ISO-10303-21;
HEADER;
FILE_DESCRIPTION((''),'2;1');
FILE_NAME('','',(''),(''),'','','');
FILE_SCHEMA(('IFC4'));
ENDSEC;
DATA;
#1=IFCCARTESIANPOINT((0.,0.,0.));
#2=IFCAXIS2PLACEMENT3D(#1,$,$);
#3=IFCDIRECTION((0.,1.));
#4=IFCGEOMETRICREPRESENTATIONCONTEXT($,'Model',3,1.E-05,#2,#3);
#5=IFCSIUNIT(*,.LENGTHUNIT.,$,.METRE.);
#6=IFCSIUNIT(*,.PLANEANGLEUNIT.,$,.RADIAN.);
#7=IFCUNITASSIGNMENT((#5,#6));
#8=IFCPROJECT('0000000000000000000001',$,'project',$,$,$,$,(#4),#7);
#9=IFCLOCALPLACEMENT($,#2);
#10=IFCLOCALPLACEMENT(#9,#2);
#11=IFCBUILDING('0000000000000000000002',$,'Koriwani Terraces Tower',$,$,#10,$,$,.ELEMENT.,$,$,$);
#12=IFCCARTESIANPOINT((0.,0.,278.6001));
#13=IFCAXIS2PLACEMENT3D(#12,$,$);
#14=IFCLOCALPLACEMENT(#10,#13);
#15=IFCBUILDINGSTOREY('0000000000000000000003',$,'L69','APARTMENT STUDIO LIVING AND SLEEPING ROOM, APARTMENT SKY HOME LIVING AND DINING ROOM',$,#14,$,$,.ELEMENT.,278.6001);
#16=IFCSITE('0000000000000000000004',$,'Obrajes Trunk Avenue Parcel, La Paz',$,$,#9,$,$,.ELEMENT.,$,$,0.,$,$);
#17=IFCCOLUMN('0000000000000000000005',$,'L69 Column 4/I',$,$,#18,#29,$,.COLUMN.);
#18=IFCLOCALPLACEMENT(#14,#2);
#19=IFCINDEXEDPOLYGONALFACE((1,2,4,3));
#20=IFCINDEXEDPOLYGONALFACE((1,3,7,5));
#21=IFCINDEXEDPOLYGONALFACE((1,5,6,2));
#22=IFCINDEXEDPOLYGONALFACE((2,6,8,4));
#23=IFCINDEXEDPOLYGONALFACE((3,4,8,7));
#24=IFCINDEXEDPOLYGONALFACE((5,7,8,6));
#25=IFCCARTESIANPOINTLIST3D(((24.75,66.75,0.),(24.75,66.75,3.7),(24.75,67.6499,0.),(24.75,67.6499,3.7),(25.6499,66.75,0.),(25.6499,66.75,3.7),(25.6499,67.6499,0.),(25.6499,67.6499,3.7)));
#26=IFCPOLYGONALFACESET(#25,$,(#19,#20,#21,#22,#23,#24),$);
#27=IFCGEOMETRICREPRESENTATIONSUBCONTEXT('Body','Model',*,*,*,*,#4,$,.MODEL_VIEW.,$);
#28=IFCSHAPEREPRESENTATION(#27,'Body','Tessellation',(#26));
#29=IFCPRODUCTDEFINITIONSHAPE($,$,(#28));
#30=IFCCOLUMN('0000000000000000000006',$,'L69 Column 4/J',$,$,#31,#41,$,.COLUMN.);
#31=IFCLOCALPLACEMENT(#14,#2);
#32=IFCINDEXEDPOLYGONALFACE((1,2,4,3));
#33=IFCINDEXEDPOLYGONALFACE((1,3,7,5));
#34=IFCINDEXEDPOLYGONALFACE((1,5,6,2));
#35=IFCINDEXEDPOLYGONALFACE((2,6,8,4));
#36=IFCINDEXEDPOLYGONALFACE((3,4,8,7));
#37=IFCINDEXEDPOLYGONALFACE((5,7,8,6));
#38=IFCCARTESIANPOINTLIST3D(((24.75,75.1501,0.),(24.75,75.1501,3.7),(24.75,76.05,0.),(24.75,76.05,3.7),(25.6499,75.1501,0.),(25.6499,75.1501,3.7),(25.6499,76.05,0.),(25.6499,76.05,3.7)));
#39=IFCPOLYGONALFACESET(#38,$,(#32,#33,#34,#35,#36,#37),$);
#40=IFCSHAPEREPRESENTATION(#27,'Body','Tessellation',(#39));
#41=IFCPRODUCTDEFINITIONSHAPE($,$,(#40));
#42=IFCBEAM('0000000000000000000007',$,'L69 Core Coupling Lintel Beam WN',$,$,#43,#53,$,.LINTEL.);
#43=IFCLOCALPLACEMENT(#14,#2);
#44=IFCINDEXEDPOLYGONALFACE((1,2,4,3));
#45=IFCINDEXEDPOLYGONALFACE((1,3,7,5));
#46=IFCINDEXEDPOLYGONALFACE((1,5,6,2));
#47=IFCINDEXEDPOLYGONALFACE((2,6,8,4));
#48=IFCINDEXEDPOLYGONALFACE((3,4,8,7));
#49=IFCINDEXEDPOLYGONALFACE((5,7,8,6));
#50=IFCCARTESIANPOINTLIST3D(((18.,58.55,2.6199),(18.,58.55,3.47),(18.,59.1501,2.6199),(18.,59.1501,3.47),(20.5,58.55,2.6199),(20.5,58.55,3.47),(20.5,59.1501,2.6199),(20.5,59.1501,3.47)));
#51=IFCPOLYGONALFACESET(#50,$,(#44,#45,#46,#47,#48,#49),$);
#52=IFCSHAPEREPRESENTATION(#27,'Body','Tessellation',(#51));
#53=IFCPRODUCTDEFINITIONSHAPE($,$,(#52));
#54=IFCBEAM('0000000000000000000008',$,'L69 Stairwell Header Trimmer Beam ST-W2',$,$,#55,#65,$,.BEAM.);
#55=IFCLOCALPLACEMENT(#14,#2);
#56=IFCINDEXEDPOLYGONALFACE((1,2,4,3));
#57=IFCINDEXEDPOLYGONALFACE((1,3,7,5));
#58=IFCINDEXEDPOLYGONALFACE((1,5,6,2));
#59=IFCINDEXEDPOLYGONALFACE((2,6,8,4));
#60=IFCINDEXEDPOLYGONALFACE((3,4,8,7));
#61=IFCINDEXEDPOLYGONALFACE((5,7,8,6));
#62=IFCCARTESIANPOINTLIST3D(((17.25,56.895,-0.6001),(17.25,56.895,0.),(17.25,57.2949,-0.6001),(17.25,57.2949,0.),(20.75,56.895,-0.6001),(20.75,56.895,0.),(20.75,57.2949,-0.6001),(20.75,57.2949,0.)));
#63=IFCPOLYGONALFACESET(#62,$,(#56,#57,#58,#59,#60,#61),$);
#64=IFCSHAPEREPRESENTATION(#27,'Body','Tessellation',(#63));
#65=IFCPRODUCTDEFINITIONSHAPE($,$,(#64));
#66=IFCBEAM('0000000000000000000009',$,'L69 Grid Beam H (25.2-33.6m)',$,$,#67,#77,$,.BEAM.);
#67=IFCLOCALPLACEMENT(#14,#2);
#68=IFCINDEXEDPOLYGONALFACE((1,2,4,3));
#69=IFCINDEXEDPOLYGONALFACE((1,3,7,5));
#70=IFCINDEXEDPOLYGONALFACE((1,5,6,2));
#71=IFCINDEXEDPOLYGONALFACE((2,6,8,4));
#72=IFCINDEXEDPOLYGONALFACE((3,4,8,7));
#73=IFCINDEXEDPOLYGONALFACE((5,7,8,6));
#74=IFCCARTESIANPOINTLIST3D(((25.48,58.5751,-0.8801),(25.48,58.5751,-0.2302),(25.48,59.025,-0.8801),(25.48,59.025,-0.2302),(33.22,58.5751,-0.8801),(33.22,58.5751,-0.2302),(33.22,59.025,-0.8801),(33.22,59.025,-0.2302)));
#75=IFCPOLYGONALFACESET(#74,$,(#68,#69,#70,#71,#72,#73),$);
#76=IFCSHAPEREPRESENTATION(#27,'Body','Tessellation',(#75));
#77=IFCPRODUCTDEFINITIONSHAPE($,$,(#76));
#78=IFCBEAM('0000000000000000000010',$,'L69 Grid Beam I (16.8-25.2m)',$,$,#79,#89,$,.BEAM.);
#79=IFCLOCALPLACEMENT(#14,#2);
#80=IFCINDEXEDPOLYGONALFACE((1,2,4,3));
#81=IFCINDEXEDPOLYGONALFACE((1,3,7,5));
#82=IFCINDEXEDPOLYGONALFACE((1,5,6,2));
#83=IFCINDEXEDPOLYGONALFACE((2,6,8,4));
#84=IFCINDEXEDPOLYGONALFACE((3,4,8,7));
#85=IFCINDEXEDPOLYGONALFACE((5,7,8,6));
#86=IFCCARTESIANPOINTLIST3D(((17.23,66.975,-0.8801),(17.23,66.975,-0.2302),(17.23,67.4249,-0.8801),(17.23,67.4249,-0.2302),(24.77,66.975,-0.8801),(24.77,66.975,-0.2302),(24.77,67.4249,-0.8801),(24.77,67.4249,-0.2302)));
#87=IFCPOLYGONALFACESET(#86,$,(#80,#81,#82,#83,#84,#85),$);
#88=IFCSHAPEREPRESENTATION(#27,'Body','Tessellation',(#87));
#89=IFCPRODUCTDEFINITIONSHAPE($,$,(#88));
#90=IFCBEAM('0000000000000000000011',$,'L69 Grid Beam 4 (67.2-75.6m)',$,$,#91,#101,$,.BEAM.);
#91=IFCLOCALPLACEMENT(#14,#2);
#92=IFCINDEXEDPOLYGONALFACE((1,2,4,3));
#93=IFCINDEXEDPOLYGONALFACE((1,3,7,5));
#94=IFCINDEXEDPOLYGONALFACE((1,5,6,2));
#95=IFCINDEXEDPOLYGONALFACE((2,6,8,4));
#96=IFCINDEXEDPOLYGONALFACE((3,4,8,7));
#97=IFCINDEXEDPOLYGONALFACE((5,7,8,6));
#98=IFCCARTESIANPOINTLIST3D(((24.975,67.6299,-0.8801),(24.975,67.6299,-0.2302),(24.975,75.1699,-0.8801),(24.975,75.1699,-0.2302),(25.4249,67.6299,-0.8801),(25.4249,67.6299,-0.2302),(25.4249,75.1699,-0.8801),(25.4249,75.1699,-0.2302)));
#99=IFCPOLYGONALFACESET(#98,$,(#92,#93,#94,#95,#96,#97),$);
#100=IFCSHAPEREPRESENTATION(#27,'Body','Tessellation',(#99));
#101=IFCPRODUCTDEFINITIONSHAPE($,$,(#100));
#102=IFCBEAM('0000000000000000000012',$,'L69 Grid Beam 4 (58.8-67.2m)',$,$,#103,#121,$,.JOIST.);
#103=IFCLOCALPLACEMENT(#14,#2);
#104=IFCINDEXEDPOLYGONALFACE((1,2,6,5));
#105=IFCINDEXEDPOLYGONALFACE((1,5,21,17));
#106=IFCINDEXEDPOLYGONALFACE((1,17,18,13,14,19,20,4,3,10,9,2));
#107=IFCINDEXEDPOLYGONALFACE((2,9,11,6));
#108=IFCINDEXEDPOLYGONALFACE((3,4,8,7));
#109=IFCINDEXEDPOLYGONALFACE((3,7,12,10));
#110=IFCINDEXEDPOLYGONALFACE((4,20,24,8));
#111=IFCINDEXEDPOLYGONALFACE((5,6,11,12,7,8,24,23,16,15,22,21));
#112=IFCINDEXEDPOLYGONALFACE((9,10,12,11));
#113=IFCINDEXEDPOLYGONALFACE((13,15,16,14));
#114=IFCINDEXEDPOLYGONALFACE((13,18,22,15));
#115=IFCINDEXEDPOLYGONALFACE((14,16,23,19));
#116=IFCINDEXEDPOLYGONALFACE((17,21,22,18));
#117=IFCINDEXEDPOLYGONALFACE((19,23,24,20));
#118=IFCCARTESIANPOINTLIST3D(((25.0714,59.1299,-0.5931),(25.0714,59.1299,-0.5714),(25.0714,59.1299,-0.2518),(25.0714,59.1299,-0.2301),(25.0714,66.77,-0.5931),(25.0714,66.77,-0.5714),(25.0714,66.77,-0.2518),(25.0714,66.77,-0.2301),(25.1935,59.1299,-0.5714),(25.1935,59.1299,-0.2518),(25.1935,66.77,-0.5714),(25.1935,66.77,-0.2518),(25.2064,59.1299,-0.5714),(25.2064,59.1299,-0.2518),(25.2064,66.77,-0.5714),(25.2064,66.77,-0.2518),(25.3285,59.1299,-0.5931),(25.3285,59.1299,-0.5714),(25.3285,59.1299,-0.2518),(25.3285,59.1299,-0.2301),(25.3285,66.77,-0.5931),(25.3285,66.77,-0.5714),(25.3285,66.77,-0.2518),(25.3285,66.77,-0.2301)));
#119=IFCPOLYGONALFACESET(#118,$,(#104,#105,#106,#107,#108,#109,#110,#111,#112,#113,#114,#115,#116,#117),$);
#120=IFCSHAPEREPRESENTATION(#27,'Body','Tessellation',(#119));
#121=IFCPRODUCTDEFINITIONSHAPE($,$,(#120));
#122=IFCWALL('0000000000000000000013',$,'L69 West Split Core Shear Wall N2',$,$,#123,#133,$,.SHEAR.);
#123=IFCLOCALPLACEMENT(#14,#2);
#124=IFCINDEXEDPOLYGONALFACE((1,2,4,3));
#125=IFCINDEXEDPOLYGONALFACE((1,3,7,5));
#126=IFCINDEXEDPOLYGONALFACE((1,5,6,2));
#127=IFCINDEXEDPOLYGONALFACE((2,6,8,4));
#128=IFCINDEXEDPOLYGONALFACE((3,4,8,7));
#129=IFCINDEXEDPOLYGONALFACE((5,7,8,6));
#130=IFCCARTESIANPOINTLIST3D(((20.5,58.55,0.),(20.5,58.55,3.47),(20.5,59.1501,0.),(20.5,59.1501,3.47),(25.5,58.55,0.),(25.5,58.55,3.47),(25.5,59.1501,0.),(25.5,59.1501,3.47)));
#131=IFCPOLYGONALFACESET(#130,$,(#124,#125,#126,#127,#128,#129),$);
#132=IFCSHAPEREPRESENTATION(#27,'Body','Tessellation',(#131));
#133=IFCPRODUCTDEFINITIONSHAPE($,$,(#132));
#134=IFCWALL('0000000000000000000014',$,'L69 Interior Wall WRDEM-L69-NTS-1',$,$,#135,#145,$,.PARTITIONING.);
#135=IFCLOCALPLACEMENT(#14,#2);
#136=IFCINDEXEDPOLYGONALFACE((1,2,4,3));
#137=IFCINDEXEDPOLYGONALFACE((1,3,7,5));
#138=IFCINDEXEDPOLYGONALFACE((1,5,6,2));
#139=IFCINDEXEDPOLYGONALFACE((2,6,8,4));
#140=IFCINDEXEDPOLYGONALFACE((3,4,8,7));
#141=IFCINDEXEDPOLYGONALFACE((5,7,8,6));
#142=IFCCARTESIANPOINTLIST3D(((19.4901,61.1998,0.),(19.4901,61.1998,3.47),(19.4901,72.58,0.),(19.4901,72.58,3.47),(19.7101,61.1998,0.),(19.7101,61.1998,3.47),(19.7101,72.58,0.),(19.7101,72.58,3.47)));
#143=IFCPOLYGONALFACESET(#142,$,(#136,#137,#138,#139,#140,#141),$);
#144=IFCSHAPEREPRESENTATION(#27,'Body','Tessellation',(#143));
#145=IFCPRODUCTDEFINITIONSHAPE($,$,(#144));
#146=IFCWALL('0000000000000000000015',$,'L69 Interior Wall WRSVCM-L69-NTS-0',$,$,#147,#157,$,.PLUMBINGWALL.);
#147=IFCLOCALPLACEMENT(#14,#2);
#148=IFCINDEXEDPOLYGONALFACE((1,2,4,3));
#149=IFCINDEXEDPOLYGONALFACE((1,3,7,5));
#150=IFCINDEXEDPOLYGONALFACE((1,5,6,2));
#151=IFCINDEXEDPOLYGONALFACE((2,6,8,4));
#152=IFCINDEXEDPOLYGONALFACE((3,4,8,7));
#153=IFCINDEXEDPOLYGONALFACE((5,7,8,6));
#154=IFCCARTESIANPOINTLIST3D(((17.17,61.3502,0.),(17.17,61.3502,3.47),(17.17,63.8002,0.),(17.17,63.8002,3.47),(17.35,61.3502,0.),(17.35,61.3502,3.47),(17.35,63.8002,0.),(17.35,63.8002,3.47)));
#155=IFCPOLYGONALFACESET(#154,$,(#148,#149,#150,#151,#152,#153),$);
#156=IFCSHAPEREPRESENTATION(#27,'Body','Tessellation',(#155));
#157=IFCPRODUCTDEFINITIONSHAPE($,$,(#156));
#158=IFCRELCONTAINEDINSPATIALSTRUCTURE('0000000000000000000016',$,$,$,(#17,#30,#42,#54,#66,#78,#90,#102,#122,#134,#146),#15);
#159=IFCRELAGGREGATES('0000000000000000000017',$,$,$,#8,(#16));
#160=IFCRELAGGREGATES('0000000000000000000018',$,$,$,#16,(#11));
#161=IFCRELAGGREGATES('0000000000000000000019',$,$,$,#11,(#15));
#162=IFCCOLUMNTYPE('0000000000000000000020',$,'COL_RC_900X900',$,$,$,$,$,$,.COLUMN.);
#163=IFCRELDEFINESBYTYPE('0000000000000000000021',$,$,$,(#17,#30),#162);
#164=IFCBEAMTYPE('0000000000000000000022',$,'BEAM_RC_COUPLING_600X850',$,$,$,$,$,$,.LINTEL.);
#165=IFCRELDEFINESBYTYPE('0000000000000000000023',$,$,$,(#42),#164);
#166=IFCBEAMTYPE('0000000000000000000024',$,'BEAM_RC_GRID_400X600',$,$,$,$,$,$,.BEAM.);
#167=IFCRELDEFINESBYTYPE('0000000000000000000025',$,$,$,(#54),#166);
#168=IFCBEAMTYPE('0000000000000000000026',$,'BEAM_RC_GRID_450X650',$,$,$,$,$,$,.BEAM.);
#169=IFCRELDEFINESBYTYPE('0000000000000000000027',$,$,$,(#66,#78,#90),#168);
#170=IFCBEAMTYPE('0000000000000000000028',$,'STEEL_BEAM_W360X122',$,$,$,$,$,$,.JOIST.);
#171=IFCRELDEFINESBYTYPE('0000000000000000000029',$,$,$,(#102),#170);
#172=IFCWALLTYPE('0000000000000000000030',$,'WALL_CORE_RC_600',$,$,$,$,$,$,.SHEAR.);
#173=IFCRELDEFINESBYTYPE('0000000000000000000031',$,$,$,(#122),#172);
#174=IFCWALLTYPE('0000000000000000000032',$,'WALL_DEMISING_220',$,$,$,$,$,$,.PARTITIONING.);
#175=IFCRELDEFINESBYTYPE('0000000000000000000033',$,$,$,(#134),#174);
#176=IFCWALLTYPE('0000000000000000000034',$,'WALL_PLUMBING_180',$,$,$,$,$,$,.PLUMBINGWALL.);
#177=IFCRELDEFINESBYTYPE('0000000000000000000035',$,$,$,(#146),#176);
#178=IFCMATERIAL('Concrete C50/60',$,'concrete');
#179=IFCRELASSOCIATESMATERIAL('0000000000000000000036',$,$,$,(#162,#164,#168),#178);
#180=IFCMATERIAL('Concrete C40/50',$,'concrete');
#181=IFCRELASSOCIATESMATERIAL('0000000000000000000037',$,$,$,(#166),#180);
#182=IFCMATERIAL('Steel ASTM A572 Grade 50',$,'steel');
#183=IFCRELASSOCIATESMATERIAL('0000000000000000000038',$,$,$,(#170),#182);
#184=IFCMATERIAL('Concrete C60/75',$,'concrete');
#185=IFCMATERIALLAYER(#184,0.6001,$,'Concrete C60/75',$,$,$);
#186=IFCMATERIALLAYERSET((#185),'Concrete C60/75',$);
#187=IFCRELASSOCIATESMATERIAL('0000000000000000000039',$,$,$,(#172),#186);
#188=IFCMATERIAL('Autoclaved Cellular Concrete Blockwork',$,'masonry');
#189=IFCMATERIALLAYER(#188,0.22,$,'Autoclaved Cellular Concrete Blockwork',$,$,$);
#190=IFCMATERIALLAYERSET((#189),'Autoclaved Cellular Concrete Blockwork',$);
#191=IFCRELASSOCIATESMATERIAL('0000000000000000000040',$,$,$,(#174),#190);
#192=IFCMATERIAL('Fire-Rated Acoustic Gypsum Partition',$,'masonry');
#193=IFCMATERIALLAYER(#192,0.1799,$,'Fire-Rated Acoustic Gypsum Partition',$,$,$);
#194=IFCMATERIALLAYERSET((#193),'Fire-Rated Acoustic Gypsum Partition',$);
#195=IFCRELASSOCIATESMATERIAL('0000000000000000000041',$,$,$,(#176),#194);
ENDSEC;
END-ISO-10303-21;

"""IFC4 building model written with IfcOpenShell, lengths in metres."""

from ifc_helpers import new_model, si_unit, direction, frame, frame_2d, origin, origin_2d, place, context, subcontext, project, spatial, rectangle, i_section, extrude, material, layer, layer_set, material_profile, profile_set, type_object, element, save


model = new_model("IFC4")

# Units and contexts
model_context = context("Model", 3, precision=1e-05, world=origin(), true_north=direction((0.0, 1.0)))
body_context = subcontext(model_context, "Body", "Model", "MODEL_VIEW")
ifc_project = project(units=[si_unit("LENGTHUNIT", "METRE"), si_unit("PLANEANGLEUNIT", "RADIAN")], contexts=[model_context])

# Site, building, storey
site_placement = place(None, origin())
site = spatial("IfcSite", under=ifc_project, at=site_placement, Name="Obrajes Trunk Avenue Parcel, La Paz", CompositionType="ELEMENT", RefElevation=0.0)
building_placement = place(site_placement, origin())
building = spatial("IfcBuilding", under=site, at=building_placement, Name="Koriwani Terraces Tower", CompositionType="ELEMENT")
storey_placement = place(building_placement, frame((0.0, 0.0, 278.6001)))
storey = spatial("IfcBuildingStorey", under=building, at=storey_placement, Name="L69", Description="APARTMENT STUDIO LIVING AND SLEEPING ROOM, APARTMENT SKY HOME LIVING AND DINING ROOM", CompositionType="ELEMENT", Elevation=278.6001)

# Columns
ifc_material_1 = material(Name="Concrete C50/60", Category="concrete")
ifc_material_profile_1 = material_profile(ifc_material_1, rectangle(XDim=0.8999, YDim=0.8999, at=origin_2d()), Name="Concrete C50/60", Category="LoadBearing")
ifc_profile_set_1 = profile_set([ifc_material_profile_1], Name="Concrete C50/60")
column_type = type_object("IfcColumnType", Name="COL_RC_900X900", PredefinedType="COLUMN", material=ifc_profile_set_1)
for number, where, z_axis, x_axis, name in (
    (1, (25.2, 67.2, 0.0), (0.0, 0.0, 1.0), (1.0, 0.0, 0.0), "L69 Column 4/I"),
    (2, (25.2, 75.6001, 0.0), (0.0, 0.0, 1.0), (1.0, 0.0, 0.0), "L69 Column 4/J"),
):
    element("IfcColumn", number, at=place(storey_placement, frame(where, z_axis=z_axis, x_axis=x_axis)), inside=storey, type_object=column_type, Name=name, PredefinedType="COLUMN", context=body_context, shape_type="SweptSolid", body=[
        extrude(rectangle(XDim=0.8999, YDim=0.8999, at=origin_2d()), origin(), (0.0, 0.0, 1.0), 3.7),
    ])

# Beams
ifc_material_profile_2 = material_profile(ifc_material_1, rectangle(XDim=0.6001, YDim=0.8501, at=origin_2d()), Name="Concrete C50/60", Category="LoadBearing")
ifc_profile_set_2 = profile_set([ifc_material_profile_2], Name="Concrete C50/60")
beam_type_1 = type_object("IfcBeamType", Name="BEAM_RC_COUPLING_600X850", PredefinedType="LINTEL", material=ifc_profile_set_2)
beam_1_placement = place(storey_placement, frame((18.0, 58.8501, 3.0449), z_axis=(1.0, 0.0, 0.0), x_axis=(0.0, 1.0, 0.0)))
element("IfcBeam", 3, at=beam_1_placement, inside=storey, type_object=beam_type_1, Name="L69 Core Coupling Lintel Beam WN", PredefinedType="LINTEL", context=body_context, shape_type="SweptSolid", body=[
    extrude(rectangle(XDim=0.6001, YDim=0.8501, at=origin_2d()), origin(), (0.0, 0.0, 1.0), 2.5),
])
ifc_material_2 = material(Name="Concrete C40/50", Category="concrete")
ifc_material_profile_3 = material_profile(ifc_material_2, rectangle(XDim=0.3999, YDim=0.6001, at=origin_2d()), Name="Concrete C40/50", Category="LoadBearing")
ifc_profile_set_3 = profile_set([ifc_material_profile_3], Name="Concrete C40/50")
beam_type_2 = type_object("IfcBeamType", Name="BEAM_RC_GRID_400X600", PredefinedType="BEAM", material=ifc_profile_set_3)
beam_2_placement = place(storey_placement, frame((17.25, 57.095, -0.3), z_axis=(1.0, 0.0, 0.0), x_axis=(0.0, 1.0, 0.0)))
element("IfcBeam", 4, at=beam_2_placement, inside=storey, type_object=beam_type_2, Name="L69 Stairwell Header Trimmer Beam ST-W2", PredefinedType="BEAM", context=body_context, shape_type="SweptSolid", body=[
    extrude(rectangle(XDim=0.3999, YDim=0.6001, at=origin_2d()), origin(), (0.0, 0.0, 1.0), 3.5),
])
ifc_material_profile_4 = material_profile(ifc_material_1, rectangle(XDim=0.45, YDim=0.6499, at=origin_2d()), Name="Concrete C50/60", Category="LoadBearing")
ifc_profile_set_4 = profile_set([ifc_material_profile_4], Name="Concrete C50/60")
beam_type_3 = type_object("IfcBeamType", Name="BEAM_RC_GRID_450X650", PredefinedType="BEAM", material=ifc_profile_set_4)
beam_3_placement = place(storey_placement, frame((25.48, 58.8, -0.5552), z_axis=(1.0, 0.0, 0.0), x_axis=(0.0, 1.0, 0.0)))
element("IfcBeam", 5, at=beam_3_placement, inside=storey, type_object=beam_type_3, Name="L69 Grid Beam H (25.2-33.6m)", PredefinedType="BEAM", context=body_context, shape_type="SweptSolid", body=[
    extrude(rectangle(XDim=0.45, YDim=0.6499, at=origin_2d()), origin(), (0.0, 0.0, 1.0), 7.74),
])
for number, where, z_axis, x_axis, name in (
    (6, (17.23, 67.2, -0.5552), (1.0, 0.0, 0.0), (0.0, 1.0, 0.0), "L69 Grid Beam I (16.8-25.2m)"),
    (7, (25.2, 67.6299, -0.5552), (0.0, 1.0, 0.0), (-1.0, 0.0, 0.0), "L69 Grid Beam 4 (67.2-75.6m)"),
):
    element("IfcBeam", number, at=place(storey_placement, frame(where, z_axis=z_axis, x_axis=x_axis)), inside=storey, type_object=beam_type_3, Name=name, PredefinedType="BEAM", context=body_context, shape_type="SweptSolid", body=[
        extrude(rectangle(XDim=0.45, YDim=0.6499, at=origin_2d()), origin(), (0.0, 0.0, 1.0), 7.54),
    ])
ifc_material_3 = material(Name="Steel ASTM A572 Grade 50", Category="steel")
ifc_material_profile_5 = material_profile(ifc_material_3, i_section(OverallWidth=0.2571, OverallDepth=0.363, WebThickness=0.0129, FlangeThickness=0.0217, at=origin_2d()), Name="Steel ASTM A572 Grade 50", Category="LoadBearing")
ifc_profile_set_5 = profile_set([ifc_material_profile_5], Name="Steel ASTM A572 Grade 50")
beam_type_4 = type_object("IfcBeamType", Name="STEEL_BEAM_W360X122", PredefinedType="JOIST", material=ifc_profile_set_5)
beam_4_placement = place(storey_placement, frame((25.2, 59.1299, -0.4116), z_axis=(0.0, 1.0, 0.0), x_axis=(-1.0, 0.0, 0.0)))
element("IfcBeam", 8, at=beam_4_placement, inside=storey, type_object=beam_type_4, Name="L69 Grid Beam 4 (58.8-67.2m)", PredefinedType="JOIST", context=body_context, shape_type="SweptSolid", body=[
    extrude(i_section(OverallWidth=0.2571, OverallDepth=0.363, WebThickness=0.0129, FlangeThickness=0.0217, at=origin_2d()), origin(), (0.0, 0.0, 1.0), 7.6401),
])

# Walls
ifc_material_4 = material(Name="Concrete C60/75", Category="concrete")
ifc_layer_1 = layer(ifc_material_4, 0.6001, Name="Concrete C60/75")
ifc_layer_set_1 = layer_set([ifc_layer_1], Name="Concrete C60/75")
wall_type_1 = type_object("IfcWallType", Name="WALL_CORE_RC_600", PredefinedType="SHEAR", material=ifc_layer_set_1)
wall_1_placement = place(storey_placement, frame((20.5, 58.8501, 0.0), z_axis=(0.0, 0.0, 1.0), x_axis=(1.0, 0.0, 0.0)))
element("IfcWall", 9, at=wall_1_placement, inside=storey, type_object=wall_type_1, Name="L69 West Split Core Shear Wall N2", PredefinedType="SHEAR", context=body_context, shape_type="SweptSolid", body=[
    extrude(rectangle(XDim=5.0, YDim=0.6001, at=frame_2d((2.5, 0.0))), origin(), (0.0, 0.0, 1.0), 3.47),
])
ifc_material_5 = material(Name="Autoclaved Cellular Concrete Blockwork", Category="masonry")
ifc_layer_2 = layer(ifc_material_5, 0.22, Name="Autoclaved Cellular Concrete Blockwork")
ifc_layer_set_2 = layer_set([ifc_layer_2], Name="Autoclaved Cellular Concrete Blockwork")
wall_type_2 = type_object("IfcWallType", Name="WALL_DEMISING_220", PredefinedType="PARTITIONING", material=ifc_layer_set_2)
wall_2_placement = place(storey_placement, frame((19.6001, 61.2, 0.0), z_axis=(0.0, 0.0, 1.0), x_axis=(0.0, 1.0, 0.0)))
element("IfcWall", 10, at=wall_2_placement, inside=storey, type_object=wall_type_2, Name="L69 Interior Wall WRDEM-L69-NTS-1", PredefinedType="PARTITIONING", context=body_context, shape_type="SweptSolid", body=[
    extrude(rectangle(XDim=11.3801, YDim=0.22, at=frame_2d((5.6899, 0.0))), origin(), (0.0, 0.0, 1.0), 3.47),
])
ifc_material_6 = material(Name="Fire-Rated Acoustic Gypsum Partition", Category="masonry")
ifc_layer_3 = layer(ifc_material_6, 0.1799, Name="Fire-Rated Acoustic Gypsum Partition")
ifc_layer_set_3 = layer_set([ifc_layer_3], Name="Fire-Rated Acoustic Gypsum Partition")
wall_type_3 = type_object("IfcWallType", Name="WALL_PLUMBING_180", PredefinedType="PLUMBINGWALL", material=ifc_layer_set_3)
wall_3_placement = place(storey_placement, frame((17.26, 61.3501, 0.0), z_axis=(0.0, 0.0, 1.0), x_axis=(0.0, 1.0, 0.0)))
element("IfcWall", 11, at=wall_3_placement, inside=storey, type_object=wall_type_3, Name="L69 Interior Wall WRSVCM-L69-NTS-0", PredefinedType="PLUMBINGWALL", context=body_context, shape_type="SweptSolid", body=[
    extrude(rectangle(XDim=2.45, YDim=0.1799, at=frame_2d((1.2251, 0.0))), origin(), (0.0, 0.0, 1.0), 3.47),
])

save(model, "model.ifc")
